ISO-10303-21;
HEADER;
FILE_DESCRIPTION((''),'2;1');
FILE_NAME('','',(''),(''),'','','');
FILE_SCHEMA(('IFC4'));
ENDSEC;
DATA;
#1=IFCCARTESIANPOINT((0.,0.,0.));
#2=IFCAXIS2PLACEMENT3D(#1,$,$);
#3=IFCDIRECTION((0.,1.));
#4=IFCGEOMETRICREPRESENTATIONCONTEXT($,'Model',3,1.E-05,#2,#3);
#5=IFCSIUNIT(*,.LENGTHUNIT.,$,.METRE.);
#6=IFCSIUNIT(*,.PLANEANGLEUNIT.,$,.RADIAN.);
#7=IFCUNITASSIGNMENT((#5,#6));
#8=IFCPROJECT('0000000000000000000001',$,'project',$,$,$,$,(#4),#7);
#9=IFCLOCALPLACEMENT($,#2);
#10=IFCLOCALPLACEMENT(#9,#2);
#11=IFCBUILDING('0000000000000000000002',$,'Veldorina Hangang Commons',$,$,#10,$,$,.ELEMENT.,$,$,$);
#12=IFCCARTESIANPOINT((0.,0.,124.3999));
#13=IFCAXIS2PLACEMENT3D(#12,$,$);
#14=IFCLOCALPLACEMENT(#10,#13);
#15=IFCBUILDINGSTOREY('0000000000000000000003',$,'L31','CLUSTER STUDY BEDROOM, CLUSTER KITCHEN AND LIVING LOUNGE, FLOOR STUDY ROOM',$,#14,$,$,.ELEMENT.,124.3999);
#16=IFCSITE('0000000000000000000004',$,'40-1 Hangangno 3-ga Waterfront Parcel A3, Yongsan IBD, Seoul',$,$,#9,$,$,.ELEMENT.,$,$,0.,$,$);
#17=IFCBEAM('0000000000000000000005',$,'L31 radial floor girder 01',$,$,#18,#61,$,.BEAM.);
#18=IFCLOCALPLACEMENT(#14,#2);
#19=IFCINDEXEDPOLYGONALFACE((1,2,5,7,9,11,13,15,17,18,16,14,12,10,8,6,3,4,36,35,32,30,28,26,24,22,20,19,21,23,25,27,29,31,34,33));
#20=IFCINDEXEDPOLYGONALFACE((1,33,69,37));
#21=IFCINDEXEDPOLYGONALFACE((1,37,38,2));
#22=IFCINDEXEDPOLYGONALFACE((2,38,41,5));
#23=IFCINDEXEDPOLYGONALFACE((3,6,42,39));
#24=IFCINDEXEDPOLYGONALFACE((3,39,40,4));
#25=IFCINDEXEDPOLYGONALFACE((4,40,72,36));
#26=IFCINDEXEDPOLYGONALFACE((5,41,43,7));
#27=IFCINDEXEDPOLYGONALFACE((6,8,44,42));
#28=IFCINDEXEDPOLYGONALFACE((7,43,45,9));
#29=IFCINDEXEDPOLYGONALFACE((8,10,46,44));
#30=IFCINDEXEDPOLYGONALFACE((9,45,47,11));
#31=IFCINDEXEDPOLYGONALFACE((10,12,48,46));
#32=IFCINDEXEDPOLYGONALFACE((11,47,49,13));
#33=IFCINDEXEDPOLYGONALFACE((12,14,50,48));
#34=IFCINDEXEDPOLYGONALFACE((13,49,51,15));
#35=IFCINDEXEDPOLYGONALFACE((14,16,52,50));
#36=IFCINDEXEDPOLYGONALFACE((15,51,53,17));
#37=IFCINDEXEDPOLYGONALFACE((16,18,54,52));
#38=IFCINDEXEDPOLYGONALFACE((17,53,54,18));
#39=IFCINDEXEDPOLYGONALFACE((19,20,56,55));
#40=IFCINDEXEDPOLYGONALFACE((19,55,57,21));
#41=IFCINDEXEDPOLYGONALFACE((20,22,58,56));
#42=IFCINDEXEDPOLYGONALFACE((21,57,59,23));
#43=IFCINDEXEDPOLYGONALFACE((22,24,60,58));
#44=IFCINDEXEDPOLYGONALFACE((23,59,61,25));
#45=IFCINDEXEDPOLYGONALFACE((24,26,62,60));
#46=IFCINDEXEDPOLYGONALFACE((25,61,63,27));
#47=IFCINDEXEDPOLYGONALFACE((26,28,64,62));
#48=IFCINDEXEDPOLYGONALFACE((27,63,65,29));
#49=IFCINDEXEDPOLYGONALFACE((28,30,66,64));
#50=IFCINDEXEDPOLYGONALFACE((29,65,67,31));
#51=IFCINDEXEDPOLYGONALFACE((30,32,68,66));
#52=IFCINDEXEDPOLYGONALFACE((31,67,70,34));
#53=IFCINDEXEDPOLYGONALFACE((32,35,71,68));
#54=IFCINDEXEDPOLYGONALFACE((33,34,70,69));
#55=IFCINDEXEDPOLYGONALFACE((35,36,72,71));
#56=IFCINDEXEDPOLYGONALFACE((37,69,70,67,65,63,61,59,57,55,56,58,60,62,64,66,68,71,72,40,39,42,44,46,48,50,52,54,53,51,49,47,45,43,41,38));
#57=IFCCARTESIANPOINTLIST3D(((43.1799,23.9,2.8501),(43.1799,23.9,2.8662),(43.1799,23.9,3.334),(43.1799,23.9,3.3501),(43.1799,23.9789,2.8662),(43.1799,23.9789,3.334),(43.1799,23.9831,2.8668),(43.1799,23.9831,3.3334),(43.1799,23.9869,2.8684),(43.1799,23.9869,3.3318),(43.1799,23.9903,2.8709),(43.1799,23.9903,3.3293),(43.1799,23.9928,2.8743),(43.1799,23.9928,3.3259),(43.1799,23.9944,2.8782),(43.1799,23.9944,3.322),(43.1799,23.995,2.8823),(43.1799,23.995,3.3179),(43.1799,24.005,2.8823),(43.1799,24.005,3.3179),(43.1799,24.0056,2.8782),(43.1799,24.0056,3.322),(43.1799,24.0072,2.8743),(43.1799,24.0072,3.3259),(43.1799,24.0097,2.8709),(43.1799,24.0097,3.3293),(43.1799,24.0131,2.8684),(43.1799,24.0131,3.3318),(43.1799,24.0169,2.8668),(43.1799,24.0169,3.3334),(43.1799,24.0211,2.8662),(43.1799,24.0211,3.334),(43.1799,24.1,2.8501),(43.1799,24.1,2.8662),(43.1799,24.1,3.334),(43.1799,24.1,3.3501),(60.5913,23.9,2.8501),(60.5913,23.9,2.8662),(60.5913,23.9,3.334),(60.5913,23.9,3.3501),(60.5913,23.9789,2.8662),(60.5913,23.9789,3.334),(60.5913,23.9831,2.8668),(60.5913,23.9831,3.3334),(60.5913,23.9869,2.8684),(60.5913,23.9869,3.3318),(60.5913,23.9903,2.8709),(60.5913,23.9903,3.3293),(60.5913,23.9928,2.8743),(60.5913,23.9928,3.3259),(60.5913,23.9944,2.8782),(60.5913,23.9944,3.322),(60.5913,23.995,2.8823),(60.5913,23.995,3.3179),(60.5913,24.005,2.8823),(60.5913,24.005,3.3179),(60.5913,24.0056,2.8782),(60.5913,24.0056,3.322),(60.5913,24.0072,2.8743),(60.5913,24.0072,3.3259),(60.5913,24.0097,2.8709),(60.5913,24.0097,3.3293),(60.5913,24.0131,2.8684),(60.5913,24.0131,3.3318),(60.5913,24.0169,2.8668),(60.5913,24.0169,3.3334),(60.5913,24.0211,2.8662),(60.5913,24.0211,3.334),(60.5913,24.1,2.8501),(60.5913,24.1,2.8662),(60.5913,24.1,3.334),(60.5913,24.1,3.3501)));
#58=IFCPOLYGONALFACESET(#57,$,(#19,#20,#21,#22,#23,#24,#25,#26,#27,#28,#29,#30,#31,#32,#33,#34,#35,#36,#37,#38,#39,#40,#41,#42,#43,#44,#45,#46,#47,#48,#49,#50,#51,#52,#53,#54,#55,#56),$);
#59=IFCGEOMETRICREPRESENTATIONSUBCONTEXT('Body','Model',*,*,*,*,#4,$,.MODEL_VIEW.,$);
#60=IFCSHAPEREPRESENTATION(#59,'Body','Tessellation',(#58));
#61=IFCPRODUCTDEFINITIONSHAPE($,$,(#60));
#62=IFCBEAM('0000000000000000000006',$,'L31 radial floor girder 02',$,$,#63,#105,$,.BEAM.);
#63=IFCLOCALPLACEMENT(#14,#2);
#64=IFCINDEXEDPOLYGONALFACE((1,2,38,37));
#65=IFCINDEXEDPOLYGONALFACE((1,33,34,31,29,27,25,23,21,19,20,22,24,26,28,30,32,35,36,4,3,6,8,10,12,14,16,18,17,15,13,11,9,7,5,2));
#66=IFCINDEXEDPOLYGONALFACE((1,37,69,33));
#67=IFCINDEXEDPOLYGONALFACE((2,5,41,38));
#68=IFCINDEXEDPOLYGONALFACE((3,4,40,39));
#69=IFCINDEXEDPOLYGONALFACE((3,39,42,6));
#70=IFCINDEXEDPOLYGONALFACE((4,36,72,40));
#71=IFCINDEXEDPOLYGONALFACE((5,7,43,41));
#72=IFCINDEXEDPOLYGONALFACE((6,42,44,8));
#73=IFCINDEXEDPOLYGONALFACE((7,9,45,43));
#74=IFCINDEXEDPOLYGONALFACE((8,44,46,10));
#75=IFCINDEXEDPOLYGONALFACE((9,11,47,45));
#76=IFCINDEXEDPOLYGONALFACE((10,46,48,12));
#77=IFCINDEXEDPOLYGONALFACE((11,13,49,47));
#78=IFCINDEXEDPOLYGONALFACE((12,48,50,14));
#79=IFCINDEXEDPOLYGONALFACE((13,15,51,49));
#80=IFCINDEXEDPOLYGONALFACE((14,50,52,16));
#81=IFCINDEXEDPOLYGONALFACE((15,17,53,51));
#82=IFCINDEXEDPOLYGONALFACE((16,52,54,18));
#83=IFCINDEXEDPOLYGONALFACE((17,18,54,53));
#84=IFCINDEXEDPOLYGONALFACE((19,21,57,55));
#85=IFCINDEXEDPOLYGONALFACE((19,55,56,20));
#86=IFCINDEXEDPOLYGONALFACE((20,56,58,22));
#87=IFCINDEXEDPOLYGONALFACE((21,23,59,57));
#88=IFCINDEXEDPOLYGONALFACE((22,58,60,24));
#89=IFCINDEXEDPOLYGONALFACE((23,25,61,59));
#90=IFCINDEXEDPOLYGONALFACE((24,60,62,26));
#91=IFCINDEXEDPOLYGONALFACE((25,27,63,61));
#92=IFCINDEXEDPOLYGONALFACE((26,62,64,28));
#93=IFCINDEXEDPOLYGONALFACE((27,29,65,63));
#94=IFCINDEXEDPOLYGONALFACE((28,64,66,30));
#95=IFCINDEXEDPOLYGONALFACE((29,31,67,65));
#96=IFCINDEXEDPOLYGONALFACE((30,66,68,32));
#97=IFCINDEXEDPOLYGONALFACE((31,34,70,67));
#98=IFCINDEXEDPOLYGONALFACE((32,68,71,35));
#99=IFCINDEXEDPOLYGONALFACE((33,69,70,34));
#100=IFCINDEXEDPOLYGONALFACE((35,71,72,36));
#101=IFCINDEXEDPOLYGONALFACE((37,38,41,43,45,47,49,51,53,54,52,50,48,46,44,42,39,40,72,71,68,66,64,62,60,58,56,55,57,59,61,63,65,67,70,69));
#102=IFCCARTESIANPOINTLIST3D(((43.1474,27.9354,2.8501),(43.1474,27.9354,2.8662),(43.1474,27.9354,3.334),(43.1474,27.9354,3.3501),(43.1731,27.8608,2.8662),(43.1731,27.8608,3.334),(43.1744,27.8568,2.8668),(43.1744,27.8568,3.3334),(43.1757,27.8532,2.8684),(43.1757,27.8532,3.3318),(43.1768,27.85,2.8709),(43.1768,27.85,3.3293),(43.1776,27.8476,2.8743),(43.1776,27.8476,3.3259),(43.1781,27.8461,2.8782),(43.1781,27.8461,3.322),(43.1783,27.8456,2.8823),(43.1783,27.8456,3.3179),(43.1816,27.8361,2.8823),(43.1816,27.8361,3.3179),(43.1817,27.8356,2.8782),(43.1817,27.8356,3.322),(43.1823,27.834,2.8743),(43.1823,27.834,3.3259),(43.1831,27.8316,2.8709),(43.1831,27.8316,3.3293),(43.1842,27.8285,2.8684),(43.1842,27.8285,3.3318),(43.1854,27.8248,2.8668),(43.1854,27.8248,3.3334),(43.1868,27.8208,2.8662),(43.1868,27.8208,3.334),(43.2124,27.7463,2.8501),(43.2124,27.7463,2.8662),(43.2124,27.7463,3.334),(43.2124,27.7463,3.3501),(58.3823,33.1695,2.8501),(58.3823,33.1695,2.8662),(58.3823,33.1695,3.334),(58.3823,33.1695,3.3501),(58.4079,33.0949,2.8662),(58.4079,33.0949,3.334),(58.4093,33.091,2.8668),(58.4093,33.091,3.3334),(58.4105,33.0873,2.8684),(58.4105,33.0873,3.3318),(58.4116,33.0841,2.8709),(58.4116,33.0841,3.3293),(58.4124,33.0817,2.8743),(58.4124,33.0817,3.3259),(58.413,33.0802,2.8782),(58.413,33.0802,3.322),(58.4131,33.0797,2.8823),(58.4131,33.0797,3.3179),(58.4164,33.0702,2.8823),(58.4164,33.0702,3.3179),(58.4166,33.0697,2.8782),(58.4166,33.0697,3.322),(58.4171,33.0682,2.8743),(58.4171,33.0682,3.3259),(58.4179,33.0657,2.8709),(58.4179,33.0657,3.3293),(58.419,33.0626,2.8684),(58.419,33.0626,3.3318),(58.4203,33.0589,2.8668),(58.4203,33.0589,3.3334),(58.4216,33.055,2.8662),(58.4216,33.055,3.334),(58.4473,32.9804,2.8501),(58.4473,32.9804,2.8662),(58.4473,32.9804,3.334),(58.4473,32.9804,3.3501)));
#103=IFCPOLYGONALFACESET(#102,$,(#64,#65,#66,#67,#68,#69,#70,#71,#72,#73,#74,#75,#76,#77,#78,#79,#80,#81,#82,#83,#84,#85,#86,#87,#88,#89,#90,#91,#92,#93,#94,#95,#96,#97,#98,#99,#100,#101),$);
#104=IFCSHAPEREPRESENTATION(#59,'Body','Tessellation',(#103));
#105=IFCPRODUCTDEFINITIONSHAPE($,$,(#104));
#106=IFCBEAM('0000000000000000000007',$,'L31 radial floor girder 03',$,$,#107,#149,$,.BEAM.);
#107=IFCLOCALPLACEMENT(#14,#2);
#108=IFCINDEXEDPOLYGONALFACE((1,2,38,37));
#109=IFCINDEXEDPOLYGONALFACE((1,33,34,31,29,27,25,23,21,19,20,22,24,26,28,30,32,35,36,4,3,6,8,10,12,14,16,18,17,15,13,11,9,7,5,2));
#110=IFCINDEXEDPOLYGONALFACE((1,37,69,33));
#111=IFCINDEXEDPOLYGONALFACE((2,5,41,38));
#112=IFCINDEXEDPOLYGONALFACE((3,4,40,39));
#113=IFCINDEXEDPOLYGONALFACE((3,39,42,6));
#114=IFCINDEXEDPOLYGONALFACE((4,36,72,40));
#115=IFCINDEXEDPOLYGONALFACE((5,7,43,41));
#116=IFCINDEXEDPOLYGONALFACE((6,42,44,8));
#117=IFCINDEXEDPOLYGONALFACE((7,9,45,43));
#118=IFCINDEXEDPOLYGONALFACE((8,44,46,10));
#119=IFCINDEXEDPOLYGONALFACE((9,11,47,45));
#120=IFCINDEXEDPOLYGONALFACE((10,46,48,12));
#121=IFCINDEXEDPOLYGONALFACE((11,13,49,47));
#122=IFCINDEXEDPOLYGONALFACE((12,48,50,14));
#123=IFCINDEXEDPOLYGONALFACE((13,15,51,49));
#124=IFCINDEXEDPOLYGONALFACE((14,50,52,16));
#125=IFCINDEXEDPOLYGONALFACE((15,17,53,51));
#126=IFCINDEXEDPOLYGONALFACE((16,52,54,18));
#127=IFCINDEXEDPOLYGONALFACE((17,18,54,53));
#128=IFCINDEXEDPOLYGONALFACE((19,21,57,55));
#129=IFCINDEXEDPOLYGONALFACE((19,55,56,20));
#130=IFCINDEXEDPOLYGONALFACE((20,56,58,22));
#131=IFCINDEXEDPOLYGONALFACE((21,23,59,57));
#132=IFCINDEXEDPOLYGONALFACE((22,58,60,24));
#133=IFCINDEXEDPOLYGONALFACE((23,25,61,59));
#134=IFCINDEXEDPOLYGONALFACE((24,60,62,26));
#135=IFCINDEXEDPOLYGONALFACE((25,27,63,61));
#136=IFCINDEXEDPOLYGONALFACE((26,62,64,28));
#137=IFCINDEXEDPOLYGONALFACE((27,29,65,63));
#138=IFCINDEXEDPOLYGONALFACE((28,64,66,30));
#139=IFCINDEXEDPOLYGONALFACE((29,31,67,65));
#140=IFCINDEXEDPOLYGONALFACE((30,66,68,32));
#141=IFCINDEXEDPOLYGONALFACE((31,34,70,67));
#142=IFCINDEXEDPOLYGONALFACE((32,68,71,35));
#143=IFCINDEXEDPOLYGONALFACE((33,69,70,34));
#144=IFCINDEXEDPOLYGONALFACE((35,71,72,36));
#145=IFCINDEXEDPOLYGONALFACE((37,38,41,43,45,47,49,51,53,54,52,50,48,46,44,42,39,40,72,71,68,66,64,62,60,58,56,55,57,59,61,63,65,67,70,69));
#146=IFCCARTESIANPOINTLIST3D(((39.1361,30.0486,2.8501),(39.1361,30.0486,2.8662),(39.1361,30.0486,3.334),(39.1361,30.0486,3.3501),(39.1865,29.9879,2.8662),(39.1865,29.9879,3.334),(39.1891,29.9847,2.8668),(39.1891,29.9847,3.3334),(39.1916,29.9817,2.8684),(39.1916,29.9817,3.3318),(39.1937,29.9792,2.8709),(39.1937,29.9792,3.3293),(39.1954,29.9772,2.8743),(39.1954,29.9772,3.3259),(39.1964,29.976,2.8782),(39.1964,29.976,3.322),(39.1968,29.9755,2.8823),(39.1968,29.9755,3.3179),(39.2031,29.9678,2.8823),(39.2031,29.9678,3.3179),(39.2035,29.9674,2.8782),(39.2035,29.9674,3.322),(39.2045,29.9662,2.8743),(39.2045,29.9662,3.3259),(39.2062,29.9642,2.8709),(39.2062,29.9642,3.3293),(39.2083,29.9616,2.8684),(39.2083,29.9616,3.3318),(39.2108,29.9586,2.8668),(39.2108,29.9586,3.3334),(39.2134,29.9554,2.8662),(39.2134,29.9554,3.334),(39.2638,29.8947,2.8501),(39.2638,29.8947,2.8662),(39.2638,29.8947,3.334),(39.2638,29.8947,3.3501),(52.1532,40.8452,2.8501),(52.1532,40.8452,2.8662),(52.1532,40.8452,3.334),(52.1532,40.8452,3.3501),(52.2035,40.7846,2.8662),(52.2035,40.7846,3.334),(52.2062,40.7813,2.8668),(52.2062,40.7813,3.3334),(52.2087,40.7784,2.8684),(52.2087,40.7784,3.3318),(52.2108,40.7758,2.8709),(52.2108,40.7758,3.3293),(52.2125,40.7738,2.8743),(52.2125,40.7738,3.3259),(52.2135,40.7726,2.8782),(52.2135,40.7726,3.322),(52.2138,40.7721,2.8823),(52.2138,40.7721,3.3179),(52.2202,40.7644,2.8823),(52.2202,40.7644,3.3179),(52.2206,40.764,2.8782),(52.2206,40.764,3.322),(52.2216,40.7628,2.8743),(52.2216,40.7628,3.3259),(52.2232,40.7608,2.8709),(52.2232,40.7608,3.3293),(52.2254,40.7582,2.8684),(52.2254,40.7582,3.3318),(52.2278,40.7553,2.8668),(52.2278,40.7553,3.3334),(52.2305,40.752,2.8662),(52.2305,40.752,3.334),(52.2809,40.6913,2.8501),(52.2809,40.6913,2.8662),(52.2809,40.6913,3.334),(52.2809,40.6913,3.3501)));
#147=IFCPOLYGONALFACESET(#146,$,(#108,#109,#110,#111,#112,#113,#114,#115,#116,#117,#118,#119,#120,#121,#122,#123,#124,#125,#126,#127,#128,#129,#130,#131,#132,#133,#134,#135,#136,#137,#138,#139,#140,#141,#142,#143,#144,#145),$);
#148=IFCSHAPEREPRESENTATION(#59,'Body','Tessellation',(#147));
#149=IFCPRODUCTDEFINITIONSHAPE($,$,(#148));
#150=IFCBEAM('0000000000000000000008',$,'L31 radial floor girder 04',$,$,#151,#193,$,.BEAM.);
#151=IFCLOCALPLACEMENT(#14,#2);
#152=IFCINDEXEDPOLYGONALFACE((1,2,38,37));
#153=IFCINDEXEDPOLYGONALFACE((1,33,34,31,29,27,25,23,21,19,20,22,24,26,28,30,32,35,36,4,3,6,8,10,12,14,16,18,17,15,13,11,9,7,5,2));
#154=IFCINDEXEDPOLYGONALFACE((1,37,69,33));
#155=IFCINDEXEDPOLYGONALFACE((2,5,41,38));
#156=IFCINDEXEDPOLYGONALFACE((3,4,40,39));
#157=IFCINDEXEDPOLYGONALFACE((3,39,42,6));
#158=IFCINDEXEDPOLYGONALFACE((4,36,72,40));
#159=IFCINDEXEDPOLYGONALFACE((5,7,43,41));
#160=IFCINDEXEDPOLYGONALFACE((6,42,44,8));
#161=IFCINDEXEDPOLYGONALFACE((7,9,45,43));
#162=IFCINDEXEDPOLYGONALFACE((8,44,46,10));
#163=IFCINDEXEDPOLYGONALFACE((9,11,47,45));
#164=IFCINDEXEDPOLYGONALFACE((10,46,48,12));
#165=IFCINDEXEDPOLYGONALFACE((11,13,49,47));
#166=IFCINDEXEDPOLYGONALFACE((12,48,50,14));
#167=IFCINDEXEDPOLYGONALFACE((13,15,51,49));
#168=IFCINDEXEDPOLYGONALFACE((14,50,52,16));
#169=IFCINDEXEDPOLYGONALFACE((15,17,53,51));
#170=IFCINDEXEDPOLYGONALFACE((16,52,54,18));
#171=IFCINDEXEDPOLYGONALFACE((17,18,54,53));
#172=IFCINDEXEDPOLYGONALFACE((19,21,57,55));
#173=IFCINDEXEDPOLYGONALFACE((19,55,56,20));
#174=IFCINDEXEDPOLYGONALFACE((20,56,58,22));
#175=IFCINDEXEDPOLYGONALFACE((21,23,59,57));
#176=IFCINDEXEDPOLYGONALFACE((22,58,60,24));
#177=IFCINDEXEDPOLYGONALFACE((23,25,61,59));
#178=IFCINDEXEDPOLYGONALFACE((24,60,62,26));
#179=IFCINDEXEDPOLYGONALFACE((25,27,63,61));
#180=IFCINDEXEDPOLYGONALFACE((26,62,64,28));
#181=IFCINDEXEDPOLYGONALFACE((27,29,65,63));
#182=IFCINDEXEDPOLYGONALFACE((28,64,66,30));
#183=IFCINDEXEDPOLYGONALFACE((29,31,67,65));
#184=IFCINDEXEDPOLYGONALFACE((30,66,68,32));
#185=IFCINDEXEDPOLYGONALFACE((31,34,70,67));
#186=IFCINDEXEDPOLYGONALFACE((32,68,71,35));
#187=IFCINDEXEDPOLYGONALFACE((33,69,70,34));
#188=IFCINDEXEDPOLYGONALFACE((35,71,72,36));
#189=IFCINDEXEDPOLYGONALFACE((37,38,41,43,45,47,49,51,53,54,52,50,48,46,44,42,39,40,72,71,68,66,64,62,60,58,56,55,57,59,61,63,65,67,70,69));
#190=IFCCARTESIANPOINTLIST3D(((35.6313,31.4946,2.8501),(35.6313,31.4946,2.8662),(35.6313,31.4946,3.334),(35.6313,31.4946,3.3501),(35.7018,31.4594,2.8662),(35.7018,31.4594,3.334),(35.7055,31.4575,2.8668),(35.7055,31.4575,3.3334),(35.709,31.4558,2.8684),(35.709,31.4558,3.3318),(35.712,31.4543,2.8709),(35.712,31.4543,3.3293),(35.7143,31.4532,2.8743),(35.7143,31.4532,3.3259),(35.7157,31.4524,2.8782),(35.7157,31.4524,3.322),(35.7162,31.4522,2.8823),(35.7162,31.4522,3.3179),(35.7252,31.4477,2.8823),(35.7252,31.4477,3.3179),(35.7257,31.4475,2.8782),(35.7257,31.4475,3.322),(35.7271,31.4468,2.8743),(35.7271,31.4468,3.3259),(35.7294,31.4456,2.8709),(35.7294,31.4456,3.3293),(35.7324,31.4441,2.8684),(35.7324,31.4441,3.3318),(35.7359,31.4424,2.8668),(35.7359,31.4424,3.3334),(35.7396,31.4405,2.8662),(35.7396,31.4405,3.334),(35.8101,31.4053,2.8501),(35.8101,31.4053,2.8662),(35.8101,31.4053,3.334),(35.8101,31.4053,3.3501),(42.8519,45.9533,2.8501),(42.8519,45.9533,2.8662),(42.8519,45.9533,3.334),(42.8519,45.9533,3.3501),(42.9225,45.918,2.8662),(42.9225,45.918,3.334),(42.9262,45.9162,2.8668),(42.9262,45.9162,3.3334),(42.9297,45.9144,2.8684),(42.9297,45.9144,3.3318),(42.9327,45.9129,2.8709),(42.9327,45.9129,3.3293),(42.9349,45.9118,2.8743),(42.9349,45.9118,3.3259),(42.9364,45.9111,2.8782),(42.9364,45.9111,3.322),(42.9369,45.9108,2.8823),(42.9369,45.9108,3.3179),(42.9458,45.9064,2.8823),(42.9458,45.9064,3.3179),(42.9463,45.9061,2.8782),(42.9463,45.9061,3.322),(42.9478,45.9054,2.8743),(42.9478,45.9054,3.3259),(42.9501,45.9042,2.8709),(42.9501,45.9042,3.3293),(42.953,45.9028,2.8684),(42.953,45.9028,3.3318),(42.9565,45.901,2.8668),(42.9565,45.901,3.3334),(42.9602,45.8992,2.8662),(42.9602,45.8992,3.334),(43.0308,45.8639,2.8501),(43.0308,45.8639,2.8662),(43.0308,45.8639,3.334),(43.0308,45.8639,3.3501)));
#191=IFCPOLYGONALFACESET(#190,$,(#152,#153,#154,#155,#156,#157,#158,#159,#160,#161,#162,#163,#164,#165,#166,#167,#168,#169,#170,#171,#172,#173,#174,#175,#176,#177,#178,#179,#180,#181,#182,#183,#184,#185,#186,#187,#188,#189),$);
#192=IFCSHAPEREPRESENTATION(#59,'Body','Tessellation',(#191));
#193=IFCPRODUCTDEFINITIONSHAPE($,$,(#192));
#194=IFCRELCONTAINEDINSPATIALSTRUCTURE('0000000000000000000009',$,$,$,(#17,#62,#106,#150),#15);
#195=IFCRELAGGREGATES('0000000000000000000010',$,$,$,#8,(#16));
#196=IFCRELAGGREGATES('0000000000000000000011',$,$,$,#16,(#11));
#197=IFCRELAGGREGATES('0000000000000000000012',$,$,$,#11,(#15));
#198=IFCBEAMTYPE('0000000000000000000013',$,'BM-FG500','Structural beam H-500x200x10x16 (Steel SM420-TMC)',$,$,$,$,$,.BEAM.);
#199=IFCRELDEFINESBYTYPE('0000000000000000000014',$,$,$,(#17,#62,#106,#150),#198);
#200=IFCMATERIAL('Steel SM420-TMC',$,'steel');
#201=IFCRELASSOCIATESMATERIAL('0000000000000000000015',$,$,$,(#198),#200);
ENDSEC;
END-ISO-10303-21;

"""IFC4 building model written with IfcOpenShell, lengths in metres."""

from ifc_helpers import new_model, si_unit, direction, frame, origin, origin_2d, place, context, subcontext, project, spatial, i_section, extrude, material, material_profile, profile_set, type_object, element, save


model = new_model("IFC4")

# Units and contexts
model_context = context("Model", 3, precision=1e-05, world=origin(), true_north=direction((0.0, 1.0)))
body_context = subcontext(model_context, "Body", "Model", "MODEL_VIEW")
ifc_project = project(units=[si_unit("LENGTHUNIT", "METRE"), si_unit("PLANEANGLEUNIT", "RADIAN")], contexts=[model_context])

# Site, building, storey
site_placement = place(None, origin())
site = spatial("IfcSite", under=ifc_project, at=site_placement, Name="40-1 Hangangno 3-ga Waterfront Parcel A3, Yongsan IBD, Seoul", CompositionType="ELEMENT", RefElevation=0.0)
building_placement = place(site_placement, origin())
building = spatial("IfcBuilding", under=site, at=building_placement, Name="Veldorina Hangang Commons", CompositionType="ELEMENT")
storey_placement = place(building_placement, frame((0.0, 0.0, 124.3999)))
storey = spatial("IfcBuildingStorey", under=building, at=storey_placement, Name="L31", Description="CLUSTER STUDY BEDROOM, CLUSTER KITCHEN AND LIVING LOUNGE, FLOOR STUDY ROOM", CompositionType="ELEMENT", Elevation=124.3999)

# Beams
ifc_material_1 = material(Name="Steel SM420-TMC", Category="steel")
ifc_material_profile = material_profile(ifc_material_1, i_section(OverallWidth=0.2, OverallDepth=0.5, WebThickness=0.01, FlangeThickness=0.0161, FilletRadius=0.0161, at=origin_2d()), Name="H-500x200x10x16")
ifc_profile_set = profile_set([ifc_material_profile], Name="Steel SM420-TMC")
beam_type = type_object("IfcBeamType", Name="BM-FG500", Description="Structural beam H-500x200x10x16 (Steel SM420-TMC)", PredefinedType="BEAM", material=ifc_profile_set)
beam_1_placement = place(storey_placement, frame((43.1799, 24.0, 3.1001), z_axis=(1.0, 0.0, 0.0), x_axis=(0.0, 1.0, 0.0)))
element("IfcBeam", 1, at=beam_1_placement, inside=storey, type_object=beam_type, Name="L31 radial floor girder 01", PredefinedType="BEAM", context=body_context, shape_type="SweptSolid", body=[
    extrude(i_section(OverallWidth=0.2, OverallDepth=0.5, WebThickness=0.01, FlangeThickness=0.0161, FilletRadius=0.0161, at=origin_2d()), origin(), (0.0, 0.0, 1.0), 17.4114),
])
beam_2_placement = place(storey_placement, frame((43.1799, 27.8408, 3.1001), z_axis=(0.945741, 0.324921, 0.0), x_axis=(-0.324921, 0.945741, 0.0)))
element("IfcBeam", 2, at=beam_2_placement, inside=storey, type_object=beam_type, Name="L31 radial floor girder 02", PredefinedType="BEAM", context=body_context, shape_type="SweptSolid", body=[
    extrude(i_section(OverallWidth=0.2, OverallDepth=0.5, WebThickness=0.01, FlangeThickness=0.0161, FilletRadius=0.0161, at=origin_2d()), origin(), (0.0, 0.0, 1.0), 16.1089),
])
beam_3_placement = place(storey_placement, frame((39.2, 29.9717, 3.1001), z_axis=(0.769701, 0.638405, 0.0), x_axis=(-0.638405, 0.769701, 0.0)))
element("IfcBeam", 3, at=beam_3_placement, inside=storey, type_object=beam_type, Name="L31 radial floor girder 03", PredefinedType="BEAM", context=body_context, shape_type="SweptSolid", body=[
    extrude(i_section(OverallWidth=0.2, OverallDepth=0.5, WebThickness=0.01, FlangeThickness=0.0161, FilletRadius=0.0161, at=origin_2d()), origin(), (0.0, 0.0, 1.0), 16.9119),
])
beam_4_placement = place(storey_placement, frame((35.7207, 31.45, 3.1001), z_axis=(0.446785, 0.894642, 0.0), x_axis=(-0.894642, 0.446785, 0.0)))
element("IfcBeam", 4, at=beam_4_placement, inside=storey, type_object=beam_type, Name="L31 radial floor girder 04", PredefinedType="BEAM", context=body_context, shape_type="SweptSolid", body=[
    extrude(i_section(OverallWidth=0.2, OverallDepth=0.5, WebThickness=0.01, FlangeThickness=0.0161, FilletRadius=0.0161, at=origin_2d()), origin(), (0.0, 0.0, 1.0), 16.1614),
])

save(model, "model.ifc")
